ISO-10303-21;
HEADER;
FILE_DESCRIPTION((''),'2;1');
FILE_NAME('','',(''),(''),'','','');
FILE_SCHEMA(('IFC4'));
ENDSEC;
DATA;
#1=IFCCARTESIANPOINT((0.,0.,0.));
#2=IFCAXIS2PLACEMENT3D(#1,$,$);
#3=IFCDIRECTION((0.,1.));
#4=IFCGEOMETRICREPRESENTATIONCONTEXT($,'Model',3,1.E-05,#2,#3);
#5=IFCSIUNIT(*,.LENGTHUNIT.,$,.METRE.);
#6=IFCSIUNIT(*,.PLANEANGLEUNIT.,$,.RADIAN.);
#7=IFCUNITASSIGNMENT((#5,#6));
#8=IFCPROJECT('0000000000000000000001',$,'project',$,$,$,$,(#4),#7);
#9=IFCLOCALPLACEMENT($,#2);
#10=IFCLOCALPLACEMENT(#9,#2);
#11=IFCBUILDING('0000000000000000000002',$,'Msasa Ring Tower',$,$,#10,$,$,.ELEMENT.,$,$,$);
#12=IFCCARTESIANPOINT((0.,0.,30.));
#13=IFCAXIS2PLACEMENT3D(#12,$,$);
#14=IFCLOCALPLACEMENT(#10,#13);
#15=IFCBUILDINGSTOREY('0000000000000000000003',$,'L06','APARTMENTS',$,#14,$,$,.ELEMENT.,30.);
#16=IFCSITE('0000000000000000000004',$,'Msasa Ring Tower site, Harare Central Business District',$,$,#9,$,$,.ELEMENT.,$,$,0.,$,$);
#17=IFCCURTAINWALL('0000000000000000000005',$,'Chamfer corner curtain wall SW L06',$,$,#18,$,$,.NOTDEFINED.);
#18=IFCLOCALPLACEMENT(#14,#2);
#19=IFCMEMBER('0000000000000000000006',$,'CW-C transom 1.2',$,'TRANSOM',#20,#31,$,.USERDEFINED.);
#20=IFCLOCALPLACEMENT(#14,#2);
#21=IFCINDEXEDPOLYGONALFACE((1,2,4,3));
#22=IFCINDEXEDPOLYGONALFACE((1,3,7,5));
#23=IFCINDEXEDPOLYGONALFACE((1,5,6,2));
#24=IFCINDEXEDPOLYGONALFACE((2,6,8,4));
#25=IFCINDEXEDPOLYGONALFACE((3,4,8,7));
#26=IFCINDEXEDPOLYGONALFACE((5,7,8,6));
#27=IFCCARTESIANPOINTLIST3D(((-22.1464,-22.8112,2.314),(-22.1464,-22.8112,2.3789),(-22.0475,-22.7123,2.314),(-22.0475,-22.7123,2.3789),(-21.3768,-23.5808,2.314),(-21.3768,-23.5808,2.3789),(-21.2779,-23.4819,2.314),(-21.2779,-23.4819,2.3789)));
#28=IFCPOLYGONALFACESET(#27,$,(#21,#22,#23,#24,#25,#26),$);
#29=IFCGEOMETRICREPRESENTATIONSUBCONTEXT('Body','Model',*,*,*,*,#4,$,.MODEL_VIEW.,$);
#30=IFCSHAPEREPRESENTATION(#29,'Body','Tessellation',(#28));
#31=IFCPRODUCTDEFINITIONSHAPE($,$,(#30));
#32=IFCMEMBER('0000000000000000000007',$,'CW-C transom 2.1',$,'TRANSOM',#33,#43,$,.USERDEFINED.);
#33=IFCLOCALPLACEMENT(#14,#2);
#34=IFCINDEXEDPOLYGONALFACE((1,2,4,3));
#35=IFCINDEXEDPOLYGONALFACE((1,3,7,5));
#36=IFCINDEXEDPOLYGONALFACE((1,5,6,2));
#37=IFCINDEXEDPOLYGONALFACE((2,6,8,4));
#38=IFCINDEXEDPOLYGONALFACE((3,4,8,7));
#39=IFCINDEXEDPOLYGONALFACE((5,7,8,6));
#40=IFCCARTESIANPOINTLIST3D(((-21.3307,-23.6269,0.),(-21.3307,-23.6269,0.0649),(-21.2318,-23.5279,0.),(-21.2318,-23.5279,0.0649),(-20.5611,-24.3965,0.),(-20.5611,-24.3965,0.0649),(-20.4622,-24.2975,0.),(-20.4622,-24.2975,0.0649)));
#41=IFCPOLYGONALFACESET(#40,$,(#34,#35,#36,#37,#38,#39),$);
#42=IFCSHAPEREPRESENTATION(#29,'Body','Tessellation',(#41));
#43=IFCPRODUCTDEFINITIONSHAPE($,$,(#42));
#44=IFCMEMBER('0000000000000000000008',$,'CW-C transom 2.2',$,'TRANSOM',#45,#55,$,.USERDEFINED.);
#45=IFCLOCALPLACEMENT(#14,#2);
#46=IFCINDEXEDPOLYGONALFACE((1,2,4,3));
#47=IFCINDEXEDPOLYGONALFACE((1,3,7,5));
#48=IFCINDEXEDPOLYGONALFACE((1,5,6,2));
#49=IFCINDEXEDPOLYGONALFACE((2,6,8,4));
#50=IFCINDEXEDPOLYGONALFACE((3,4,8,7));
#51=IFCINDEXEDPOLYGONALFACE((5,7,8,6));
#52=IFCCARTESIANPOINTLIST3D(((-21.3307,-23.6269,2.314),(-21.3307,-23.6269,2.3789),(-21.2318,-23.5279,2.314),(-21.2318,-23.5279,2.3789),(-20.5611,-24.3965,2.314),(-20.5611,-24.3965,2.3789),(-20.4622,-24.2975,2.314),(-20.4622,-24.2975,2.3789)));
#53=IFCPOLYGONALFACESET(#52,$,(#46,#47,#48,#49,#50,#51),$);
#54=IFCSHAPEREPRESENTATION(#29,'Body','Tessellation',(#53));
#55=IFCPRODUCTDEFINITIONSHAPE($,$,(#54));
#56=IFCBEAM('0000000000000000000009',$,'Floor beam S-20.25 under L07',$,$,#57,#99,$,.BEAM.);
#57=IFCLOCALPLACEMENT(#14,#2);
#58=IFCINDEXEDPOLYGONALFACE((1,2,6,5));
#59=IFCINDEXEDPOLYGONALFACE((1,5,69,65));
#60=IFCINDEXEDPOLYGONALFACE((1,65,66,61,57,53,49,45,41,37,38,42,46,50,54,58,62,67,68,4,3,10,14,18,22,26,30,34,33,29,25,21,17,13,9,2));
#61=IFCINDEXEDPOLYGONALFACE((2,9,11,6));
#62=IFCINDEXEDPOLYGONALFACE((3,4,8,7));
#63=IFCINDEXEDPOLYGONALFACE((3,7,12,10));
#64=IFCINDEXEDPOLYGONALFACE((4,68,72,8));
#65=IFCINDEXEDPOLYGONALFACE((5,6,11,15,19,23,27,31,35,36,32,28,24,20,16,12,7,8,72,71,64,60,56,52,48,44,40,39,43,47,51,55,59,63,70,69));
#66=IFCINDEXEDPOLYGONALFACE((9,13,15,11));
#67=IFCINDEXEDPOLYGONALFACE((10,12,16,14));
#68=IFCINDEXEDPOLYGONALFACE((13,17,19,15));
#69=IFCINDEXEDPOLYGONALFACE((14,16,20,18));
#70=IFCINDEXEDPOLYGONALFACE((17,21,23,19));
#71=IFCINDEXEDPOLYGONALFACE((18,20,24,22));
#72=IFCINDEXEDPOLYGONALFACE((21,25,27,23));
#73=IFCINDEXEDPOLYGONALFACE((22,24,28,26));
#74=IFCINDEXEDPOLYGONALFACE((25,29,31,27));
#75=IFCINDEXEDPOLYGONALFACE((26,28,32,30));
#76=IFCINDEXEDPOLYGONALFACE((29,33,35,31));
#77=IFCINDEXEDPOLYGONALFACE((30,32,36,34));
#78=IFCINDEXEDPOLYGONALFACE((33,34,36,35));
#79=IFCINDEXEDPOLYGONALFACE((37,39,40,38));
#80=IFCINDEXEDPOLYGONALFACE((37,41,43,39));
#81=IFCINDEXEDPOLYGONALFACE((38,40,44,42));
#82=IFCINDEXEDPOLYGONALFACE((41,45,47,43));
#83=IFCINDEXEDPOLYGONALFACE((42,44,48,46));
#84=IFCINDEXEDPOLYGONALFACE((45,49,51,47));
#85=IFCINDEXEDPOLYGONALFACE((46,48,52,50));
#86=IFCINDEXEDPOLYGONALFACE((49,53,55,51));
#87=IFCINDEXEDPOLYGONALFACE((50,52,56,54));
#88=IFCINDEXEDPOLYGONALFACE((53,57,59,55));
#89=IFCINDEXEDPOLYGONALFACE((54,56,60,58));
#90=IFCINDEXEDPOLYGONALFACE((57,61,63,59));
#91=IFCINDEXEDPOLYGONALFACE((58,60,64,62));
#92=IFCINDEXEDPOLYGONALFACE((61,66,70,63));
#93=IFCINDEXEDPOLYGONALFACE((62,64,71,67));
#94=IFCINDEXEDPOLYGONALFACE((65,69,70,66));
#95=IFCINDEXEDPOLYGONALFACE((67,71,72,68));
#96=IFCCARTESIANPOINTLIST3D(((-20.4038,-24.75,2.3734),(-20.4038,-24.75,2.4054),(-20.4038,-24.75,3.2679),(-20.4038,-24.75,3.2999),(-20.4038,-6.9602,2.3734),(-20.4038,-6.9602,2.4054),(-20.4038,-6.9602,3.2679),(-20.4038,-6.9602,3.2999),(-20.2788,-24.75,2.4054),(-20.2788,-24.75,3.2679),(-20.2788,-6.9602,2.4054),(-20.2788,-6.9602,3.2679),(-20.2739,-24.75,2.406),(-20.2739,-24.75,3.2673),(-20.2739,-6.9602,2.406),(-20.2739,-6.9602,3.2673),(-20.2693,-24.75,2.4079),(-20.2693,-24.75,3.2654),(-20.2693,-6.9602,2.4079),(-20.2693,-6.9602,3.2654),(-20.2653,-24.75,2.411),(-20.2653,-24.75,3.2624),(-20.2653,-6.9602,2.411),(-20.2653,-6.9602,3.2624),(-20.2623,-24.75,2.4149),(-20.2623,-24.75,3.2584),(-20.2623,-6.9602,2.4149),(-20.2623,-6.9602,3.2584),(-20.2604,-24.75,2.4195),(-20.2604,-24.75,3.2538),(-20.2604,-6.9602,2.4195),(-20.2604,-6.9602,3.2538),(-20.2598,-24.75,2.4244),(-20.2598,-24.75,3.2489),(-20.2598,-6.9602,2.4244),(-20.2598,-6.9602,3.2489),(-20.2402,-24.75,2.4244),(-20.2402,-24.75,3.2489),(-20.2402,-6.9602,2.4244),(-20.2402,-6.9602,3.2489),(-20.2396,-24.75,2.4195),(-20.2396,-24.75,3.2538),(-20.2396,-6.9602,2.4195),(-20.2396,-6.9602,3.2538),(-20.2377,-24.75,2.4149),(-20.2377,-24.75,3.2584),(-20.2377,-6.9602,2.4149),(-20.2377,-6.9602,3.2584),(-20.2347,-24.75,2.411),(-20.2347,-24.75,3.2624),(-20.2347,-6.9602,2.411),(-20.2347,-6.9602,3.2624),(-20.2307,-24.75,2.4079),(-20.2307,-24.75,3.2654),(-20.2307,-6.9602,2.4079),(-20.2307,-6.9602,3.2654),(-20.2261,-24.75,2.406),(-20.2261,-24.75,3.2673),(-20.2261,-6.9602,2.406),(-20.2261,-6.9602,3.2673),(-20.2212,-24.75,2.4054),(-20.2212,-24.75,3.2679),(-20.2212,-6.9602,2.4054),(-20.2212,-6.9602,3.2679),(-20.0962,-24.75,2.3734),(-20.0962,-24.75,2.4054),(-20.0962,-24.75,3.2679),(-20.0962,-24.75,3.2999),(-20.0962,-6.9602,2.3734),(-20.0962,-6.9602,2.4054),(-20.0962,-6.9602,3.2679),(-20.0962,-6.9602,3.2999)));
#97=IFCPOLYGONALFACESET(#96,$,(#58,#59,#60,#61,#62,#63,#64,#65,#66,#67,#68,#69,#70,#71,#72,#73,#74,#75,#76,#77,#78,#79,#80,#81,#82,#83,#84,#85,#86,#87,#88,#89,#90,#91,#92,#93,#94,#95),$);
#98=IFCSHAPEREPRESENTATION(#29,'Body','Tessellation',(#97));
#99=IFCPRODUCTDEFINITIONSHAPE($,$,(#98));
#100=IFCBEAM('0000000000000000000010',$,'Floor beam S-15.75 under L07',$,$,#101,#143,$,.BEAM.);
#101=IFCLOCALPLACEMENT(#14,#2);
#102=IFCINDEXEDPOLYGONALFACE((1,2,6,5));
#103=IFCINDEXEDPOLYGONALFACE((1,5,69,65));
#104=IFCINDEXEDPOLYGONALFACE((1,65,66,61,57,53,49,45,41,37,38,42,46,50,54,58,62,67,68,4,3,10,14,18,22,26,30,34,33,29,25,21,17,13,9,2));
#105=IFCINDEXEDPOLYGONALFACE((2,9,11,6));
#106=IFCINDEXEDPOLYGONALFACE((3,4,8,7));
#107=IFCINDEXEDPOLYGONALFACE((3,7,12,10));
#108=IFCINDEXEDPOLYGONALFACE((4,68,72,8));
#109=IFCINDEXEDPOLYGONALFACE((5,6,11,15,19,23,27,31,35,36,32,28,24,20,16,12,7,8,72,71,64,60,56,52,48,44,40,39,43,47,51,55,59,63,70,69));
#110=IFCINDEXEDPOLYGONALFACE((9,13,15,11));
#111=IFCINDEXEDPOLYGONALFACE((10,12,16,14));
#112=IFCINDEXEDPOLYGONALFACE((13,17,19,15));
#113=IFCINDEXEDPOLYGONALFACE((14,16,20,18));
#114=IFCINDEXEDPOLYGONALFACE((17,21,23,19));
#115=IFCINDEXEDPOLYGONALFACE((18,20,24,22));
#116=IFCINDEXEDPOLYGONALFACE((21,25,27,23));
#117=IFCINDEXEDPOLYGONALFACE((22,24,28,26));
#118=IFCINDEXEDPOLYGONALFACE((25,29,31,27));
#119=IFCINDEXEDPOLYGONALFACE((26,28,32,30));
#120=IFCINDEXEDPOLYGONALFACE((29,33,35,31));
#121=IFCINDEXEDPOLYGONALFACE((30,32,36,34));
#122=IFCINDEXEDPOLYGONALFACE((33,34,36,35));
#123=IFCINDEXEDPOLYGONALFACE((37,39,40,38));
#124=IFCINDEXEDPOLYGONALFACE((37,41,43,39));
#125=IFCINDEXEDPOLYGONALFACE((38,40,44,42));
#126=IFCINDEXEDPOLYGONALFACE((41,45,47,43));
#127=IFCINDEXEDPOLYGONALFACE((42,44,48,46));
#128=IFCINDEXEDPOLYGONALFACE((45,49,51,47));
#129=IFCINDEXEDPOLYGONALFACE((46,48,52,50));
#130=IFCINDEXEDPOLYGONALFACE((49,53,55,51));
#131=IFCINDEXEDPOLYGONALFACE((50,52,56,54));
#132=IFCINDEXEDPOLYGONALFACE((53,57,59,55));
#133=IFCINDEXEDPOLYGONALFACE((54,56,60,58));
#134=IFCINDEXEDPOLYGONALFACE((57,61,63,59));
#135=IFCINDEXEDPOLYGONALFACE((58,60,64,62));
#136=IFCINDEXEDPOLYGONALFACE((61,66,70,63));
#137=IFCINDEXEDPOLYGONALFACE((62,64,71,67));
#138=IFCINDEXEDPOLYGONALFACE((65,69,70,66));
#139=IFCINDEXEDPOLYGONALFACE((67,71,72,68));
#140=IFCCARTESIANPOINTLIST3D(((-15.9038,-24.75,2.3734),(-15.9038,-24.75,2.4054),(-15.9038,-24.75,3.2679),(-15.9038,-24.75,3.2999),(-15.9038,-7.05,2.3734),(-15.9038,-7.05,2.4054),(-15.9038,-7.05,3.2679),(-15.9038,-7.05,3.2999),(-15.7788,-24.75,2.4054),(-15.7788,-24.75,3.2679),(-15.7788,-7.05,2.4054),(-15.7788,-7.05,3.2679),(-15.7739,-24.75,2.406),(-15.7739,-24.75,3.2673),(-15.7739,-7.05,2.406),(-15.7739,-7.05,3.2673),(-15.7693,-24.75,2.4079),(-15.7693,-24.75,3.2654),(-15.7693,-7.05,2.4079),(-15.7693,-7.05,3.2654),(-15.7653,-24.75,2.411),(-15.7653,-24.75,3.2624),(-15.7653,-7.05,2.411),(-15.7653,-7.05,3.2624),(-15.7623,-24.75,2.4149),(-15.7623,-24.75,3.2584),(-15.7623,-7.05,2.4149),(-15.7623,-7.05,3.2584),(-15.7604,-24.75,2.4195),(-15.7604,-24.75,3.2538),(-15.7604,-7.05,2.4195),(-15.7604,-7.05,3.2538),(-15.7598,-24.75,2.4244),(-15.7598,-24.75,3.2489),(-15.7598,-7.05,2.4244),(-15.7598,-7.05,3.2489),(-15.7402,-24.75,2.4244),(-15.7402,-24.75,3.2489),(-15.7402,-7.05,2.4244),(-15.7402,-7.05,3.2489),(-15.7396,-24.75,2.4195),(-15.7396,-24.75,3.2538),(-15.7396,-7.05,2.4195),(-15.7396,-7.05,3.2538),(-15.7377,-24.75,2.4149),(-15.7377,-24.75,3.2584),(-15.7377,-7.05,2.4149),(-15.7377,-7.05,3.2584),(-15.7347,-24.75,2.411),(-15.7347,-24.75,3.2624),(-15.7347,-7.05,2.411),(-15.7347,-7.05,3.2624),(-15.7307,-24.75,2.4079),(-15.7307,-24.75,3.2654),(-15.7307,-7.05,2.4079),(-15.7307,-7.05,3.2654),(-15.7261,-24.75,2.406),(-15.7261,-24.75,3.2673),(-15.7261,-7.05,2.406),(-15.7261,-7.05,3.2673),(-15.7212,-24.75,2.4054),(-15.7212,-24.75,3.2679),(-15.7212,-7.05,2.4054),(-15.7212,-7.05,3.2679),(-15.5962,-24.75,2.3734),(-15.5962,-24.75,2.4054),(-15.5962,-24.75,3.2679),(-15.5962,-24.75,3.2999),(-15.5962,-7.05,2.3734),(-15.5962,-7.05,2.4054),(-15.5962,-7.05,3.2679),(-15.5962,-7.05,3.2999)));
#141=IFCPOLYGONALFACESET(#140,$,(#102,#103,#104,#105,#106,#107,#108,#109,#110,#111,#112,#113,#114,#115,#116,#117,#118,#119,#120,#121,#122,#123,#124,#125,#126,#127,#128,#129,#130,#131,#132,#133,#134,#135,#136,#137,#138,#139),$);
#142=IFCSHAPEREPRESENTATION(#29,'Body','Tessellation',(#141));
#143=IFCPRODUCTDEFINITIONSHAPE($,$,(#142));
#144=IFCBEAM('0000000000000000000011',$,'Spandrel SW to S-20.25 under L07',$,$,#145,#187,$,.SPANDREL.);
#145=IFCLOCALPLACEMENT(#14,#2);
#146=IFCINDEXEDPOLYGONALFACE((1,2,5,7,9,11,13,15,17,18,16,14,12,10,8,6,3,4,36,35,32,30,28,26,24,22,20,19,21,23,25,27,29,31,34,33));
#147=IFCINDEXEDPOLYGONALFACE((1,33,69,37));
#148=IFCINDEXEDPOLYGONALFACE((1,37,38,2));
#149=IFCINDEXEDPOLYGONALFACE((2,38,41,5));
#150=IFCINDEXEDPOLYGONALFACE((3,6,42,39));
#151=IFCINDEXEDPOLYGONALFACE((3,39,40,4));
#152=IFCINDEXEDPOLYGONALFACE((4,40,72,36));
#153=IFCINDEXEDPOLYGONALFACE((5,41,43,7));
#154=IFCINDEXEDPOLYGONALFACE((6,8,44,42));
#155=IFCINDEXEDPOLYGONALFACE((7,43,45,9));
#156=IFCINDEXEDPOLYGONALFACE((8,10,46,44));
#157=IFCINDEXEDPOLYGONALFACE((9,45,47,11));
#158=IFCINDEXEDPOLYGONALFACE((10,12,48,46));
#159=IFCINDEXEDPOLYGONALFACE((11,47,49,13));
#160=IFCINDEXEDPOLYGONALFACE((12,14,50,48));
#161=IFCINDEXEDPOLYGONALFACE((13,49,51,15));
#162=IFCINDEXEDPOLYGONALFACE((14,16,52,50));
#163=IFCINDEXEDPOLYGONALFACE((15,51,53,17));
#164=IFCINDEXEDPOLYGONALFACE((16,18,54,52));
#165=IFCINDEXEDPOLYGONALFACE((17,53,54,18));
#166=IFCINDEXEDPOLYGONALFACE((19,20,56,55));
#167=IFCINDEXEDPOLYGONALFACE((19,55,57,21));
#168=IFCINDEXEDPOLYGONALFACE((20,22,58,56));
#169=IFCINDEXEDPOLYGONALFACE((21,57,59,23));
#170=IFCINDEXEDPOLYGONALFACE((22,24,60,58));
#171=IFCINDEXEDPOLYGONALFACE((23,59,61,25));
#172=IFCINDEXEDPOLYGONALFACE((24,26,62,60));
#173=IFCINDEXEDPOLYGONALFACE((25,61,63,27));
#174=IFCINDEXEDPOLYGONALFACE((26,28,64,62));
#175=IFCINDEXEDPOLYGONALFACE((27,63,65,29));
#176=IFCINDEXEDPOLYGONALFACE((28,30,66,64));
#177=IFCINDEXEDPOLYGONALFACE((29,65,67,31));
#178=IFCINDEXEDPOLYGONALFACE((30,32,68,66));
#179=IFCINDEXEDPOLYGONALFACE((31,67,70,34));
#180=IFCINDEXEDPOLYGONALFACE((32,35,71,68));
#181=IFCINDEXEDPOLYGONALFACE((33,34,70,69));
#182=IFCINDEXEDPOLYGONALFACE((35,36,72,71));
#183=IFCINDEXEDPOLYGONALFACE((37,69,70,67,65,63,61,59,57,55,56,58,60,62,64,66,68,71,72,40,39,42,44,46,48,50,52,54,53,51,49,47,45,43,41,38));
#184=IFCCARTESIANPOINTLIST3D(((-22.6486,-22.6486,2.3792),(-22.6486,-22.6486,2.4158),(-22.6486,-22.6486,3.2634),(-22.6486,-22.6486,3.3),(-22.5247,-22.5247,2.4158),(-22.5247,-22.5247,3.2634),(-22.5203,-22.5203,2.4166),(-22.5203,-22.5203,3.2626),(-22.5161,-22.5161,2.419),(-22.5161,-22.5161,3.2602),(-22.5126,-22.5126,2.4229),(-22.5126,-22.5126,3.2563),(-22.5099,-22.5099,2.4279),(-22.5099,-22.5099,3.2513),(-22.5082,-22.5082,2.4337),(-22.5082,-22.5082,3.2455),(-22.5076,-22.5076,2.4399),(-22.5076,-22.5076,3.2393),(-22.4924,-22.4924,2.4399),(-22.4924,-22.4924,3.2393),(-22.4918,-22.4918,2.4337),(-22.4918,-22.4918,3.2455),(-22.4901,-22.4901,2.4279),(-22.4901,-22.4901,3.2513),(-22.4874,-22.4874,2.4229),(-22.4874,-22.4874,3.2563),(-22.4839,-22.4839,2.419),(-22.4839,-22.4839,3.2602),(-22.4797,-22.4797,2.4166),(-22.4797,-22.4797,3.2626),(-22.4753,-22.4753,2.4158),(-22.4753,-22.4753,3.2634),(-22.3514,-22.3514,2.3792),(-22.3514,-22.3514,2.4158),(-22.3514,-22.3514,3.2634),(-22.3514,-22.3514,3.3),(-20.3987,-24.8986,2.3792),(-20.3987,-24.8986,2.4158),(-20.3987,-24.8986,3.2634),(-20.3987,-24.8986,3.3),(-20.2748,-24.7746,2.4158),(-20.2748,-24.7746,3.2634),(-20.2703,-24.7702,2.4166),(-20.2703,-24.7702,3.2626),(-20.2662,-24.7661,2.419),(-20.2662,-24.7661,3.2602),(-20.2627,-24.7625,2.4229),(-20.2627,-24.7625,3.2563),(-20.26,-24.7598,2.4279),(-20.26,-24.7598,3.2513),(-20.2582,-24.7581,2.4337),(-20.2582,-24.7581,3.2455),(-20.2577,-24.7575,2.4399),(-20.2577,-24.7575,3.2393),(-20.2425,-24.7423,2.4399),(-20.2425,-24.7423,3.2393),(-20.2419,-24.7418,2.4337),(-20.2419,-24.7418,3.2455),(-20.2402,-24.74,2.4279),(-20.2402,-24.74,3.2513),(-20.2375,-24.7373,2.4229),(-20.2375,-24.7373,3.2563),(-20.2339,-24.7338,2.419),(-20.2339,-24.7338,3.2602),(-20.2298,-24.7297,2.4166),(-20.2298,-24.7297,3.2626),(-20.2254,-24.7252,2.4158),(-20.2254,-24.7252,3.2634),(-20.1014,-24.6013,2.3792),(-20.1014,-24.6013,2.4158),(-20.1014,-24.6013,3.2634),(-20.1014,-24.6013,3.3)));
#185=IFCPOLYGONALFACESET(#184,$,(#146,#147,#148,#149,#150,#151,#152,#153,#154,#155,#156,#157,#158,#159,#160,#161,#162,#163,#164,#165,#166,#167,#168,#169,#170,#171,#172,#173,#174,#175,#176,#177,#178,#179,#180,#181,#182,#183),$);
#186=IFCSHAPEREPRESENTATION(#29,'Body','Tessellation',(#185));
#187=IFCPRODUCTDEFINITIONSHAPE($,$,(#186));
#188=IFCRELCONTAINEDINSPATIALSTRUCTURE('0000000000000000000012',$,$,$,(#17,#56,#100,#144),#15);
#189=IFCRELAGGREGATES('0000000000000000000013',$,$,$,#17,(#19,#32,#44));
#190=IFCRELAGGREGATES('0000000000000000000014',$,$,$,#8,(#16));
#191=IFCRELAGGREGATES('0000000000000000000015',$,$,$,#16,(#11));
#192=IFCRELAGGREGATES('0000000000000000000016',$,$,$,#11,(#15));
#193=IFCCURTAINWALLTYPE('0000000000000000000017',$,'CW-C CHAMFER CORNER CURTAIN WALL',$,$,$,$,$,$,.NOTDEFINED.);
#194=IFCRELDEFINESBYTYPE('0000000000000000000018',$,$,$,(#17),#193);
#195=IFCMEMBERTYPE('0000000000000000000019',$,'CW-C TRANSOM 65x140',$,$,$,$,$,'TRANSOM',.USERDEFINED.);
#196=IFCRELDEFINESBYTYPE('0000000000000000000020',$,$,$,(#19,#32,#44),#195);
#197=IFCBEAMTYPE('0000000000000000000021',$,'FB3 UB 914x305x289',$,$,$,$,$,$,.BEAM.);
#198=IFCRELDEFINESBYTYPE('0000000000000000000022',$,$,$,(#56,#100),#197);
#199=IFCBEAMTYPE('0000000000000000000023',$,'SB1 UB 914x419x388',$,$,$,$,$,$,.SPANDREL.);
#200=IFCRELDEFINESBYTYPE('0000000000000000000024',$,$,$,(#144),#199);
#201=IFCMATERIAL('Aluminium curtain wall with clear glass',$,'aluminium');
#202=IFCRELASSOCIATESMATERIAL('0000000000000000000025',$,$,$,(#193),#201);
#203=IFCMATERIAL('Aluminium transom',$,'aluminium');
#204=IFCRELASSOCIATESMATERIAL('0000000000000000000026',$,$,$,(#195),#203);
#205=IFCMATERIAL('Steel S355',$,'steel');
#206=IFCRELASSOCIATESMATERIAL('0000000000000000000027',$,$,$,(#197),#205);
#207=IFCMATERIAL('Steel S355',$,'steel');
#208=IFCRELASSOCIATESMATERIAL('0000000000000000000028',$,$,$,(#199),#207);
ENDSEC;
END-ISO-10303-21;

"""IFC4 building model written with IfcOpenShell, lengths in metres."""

from ifc_helpers import new_model, si_unit, direction, frame, origin, origin_2d, place, context, subcontext, project, spatial, rectangle, i_section, extrude, material, material_profile, profile_set, type_object, element, aggregate, save


model = new_model("IFC4")

# Units and contexts
model_context = context("Model", 3, precision=1e-05, world=origin(), true_north=direction((0.0, 1.0)))
body_context = subcontext(model_context, "Body", "Model", "MODEL_VIEW")
ifc_project = project(units=[si_unit("LENGTHUNIT", "METRE"), si_unit("PLANEANGLEUNIT", "RADIAN")], contexts=[model_context])

# Site, building, storey
site_placement = place(None, origin())
site = spatial("IfcSite", under=ifc_project, at=site_placement, Name="Msasa Ring Tower site, Harare Central Business District", CompositionType="ELEMENT", RefElevation=0.0)
building_placement = place(site_placement, origin())
building = spatial("IfcBuilding", under=site, at=building_placement, Name="Msasa Ring Tower", CompositionType="ELEMENT")
storey_placement = place(building_placement, frame((0.0, 0.0, 30.0)))
storey = spatial("IfcBuildingStorey", under=building, at=storey_placement, Name="L06", Description="APARTMENTS", CompositionType="ELEMENT", Elevation=30.0)

# Curtain wall
ifc_material_1 = material(Name="Aluminium curtain wall with clear glass", Category="aluminium")
curtain_wall_type = type_object("IfcCurtainWallType", Name="CW-C CHAMFER CORNER CURTAIN WALL", PredefinedType="NOTDEFINED", material=ifc_material_1)
curtain_wall_1_placement = place(storey_placement, origin())
curtain_wall_1 = element("IfcCurtainWall", 1, at=curtain_wall_1_placement, inside=storey, type_object=curtain_wall_type, Name="Chamfer corner curtain wall SW L06", PredefinedType="NOTDEFINED")

# Members
ifc_material_2 = material(Name="Aluminium transom", Category="aluminium")
ifc_material_profile_1 = material_profile(ifc_material_2, rectangle(XDim=0.1399, YDim=0.0649, at=origin_2d()), Name="AL 65x140")
ifc_profile_set_1 = profile_set([ifc_material_profile_1], Name="Aluminium transom")
member_type_1 = type_object("IfcMemberType", Name="CW-C TRANSOM 65x140", ElementType="TRANSOM", PredefinedType="USERDEFINED", material=ifc_profile_set_1)
member_1_placement = place(storey_placement, frame((-22.0969, -22.7617, 2.3464), z_axis=(0.707107, -0.707107, 0.0), x_axis=(0.707107, 0.707107, 0.0)))
member_1 = element("IfcMember", 2, at=member_1_placement, type_object=member_type_1, Name="CW-C transom 1.2", ObjectType="TRANSOM", PredefinedType="USERDEFINED", context=body_context, shape_type="SweptSolid", body=[
    extrude(rectangle(XDim=0.1399, YDim=0.0649, at=origin_2d()), origin(), (0.0, 0.0, 1.0), 1.0884),
])
member_2_placement = place(storey_placement, frame((-21.2812, -23.5774, 0.0325), z_axis=(0.707107, -0.707107, 0.0), x_axis=(0.707107, 0.707107, 0.0)))
member_2 = element("IfcMember", 3, at=member_2_placement, type_object=member_type_1, Name="CW-C transom 2.1", ObjectType="TRANSOM", PredefinedType="USERDEFINED", context=body_context, shape_type="SweptSolid", body=[
    extrude(rectangle(XDim=0.1399, YDim=0.0649, at=origin_2d()), origin(), (0.0, 0.0, 1.0), 1.0884),
])
member_3_placement = place(storey_placement, frame((-21.2812, -23.5774, 2.3464), z_axis=(0.707107, -0.707107, 0.0), x_axis=(0.707107, 0.707107, 0.0)))
member_3 = element("IfcMember", 4, at=member_3_placement, type_object=member_type_1, Name="CW-C transom 2.2", ObjectType="TRANSOM", PredefinedType="USERDEFINED", context=body_context, shape_type="SweptSolid", body=[
    extrude(rectangle(XDim=0.1399, YDim=0.0649, at=origin_2d()), origin(), (0.0, 0.0, 1.0), 1.0884),
])

# Beams
ifc_material_3 = material(Name="Steel S355", Category="steel")
ifc_material_profile_2 = material_profile(ifc_material_3, i_section(OverallWidth=0.3076, OverallDepth=0.9265, WebThickness=0.0195, FlangeThickness=0.032, FilletRadius=0.019, at=origin_2d()), Name="UB 914x305x289")
ifc_profile_set_2 = profile_set([ifc_material_profile_2], Name="Steel S355")
beam_type_1 = type_object("IfcBeamType", Name="FB3 UB 914x305x289", PredefinedType="BEAM", material=ifc_profile_set_2)
beam_1_placement = place(storey_placement, frame((-20.25, -24.75, 2.8367), z_axis=(0.0, 1.0, 0.0), x_axis=(-1.0, 0.0, 0.0)))
element("IfcBeam", 5, at=beam_1_placement, inside=storey, type_object=beam_type_1, Name="Floor beam S-20.25 under L07", PredefinedType="BEAM", context=body_context, shape_type="SweptSolid", body=[
    extrude(i_section(OverallWidth=0.3076, OverallDepth=0.9265, WebThickness=0.0195, FlangeThickness=0.032, FilletRadius=0.019, at=origin_2d()), origin(), (0.0, 0.0, 1.0), 17.7898),
])
beam_2_placement = place(storey_placement, frame((-15.75, -24.75, 2.8367), z_axis=(0.0, 1.0, 0.0), x_axis=(-1.0, 0.0, 0.0)))
element("IfcBeam", 6, at=beam_2_placement, inside=storey, type_object=beam_type_1, Name="Floor beam S-15.75 under L07", PredefinedType="BEAM", context=body_context, shape_type="SweptSolid", body=[
    extrude(i_section(OverallWidth=0.3076, OverallDepth=0.9265, WebThickness=0.0195, FlangeThickness=0.032, FilletRadius=0.019, at=origin_2d()), origin(), (0.0, 0.0, 1.0), 17.7),
])
ifc_material_4 = material(Name="Steel S355", Category="steel")
ifc_material_profile_3 = material_profile(ifc_material_4, i_section(OverallWidth=0.4204, OverallDepth=0.9209, WebThickness=0.0215, FlangeThickness=0.0366, FilletRadius=0.0242, at=origin_2d()), Name="UB 914x419x388")
ifc_profile_set_3 = profile_set([ifc_material_profile_3], Name="Steel S355")
beam_type_2 = type_object("IfcBeamType", Name="SB1 UB 914x419x388", PredefinedType="SPANDREL", material=ifc_profile_set_3)
beam_3_placement = place(storey_placement, frame((-22.5, -22.5, 2.8396), z_axis=(0.707107, -0.707107, 0.0), x_axis=(0.707107, 0.707107, 0.0)))
element("IfcBeam", 7, at=beam_3_placement, inside=storey, type_object=beam_type_2, Name="Spandrel SW to S-20.25 under L07", PredefinedType="SPANDREL", context=body_context, shape_type="SweptSolid", body=[
    extrude(i_section(OverallWidth=0.4204, OverallDepth=0.9209, WebThickness=0.0215, FlangeThickness=0.0366, FilletRadius=0.0242, at=origin_2d()), origin(), (0.0, 0.0, 1.0), 3.1819),
])

aggregate(curtain_wall_1, [member_1, member_2, member_3])

save(model, "model.ifc")
